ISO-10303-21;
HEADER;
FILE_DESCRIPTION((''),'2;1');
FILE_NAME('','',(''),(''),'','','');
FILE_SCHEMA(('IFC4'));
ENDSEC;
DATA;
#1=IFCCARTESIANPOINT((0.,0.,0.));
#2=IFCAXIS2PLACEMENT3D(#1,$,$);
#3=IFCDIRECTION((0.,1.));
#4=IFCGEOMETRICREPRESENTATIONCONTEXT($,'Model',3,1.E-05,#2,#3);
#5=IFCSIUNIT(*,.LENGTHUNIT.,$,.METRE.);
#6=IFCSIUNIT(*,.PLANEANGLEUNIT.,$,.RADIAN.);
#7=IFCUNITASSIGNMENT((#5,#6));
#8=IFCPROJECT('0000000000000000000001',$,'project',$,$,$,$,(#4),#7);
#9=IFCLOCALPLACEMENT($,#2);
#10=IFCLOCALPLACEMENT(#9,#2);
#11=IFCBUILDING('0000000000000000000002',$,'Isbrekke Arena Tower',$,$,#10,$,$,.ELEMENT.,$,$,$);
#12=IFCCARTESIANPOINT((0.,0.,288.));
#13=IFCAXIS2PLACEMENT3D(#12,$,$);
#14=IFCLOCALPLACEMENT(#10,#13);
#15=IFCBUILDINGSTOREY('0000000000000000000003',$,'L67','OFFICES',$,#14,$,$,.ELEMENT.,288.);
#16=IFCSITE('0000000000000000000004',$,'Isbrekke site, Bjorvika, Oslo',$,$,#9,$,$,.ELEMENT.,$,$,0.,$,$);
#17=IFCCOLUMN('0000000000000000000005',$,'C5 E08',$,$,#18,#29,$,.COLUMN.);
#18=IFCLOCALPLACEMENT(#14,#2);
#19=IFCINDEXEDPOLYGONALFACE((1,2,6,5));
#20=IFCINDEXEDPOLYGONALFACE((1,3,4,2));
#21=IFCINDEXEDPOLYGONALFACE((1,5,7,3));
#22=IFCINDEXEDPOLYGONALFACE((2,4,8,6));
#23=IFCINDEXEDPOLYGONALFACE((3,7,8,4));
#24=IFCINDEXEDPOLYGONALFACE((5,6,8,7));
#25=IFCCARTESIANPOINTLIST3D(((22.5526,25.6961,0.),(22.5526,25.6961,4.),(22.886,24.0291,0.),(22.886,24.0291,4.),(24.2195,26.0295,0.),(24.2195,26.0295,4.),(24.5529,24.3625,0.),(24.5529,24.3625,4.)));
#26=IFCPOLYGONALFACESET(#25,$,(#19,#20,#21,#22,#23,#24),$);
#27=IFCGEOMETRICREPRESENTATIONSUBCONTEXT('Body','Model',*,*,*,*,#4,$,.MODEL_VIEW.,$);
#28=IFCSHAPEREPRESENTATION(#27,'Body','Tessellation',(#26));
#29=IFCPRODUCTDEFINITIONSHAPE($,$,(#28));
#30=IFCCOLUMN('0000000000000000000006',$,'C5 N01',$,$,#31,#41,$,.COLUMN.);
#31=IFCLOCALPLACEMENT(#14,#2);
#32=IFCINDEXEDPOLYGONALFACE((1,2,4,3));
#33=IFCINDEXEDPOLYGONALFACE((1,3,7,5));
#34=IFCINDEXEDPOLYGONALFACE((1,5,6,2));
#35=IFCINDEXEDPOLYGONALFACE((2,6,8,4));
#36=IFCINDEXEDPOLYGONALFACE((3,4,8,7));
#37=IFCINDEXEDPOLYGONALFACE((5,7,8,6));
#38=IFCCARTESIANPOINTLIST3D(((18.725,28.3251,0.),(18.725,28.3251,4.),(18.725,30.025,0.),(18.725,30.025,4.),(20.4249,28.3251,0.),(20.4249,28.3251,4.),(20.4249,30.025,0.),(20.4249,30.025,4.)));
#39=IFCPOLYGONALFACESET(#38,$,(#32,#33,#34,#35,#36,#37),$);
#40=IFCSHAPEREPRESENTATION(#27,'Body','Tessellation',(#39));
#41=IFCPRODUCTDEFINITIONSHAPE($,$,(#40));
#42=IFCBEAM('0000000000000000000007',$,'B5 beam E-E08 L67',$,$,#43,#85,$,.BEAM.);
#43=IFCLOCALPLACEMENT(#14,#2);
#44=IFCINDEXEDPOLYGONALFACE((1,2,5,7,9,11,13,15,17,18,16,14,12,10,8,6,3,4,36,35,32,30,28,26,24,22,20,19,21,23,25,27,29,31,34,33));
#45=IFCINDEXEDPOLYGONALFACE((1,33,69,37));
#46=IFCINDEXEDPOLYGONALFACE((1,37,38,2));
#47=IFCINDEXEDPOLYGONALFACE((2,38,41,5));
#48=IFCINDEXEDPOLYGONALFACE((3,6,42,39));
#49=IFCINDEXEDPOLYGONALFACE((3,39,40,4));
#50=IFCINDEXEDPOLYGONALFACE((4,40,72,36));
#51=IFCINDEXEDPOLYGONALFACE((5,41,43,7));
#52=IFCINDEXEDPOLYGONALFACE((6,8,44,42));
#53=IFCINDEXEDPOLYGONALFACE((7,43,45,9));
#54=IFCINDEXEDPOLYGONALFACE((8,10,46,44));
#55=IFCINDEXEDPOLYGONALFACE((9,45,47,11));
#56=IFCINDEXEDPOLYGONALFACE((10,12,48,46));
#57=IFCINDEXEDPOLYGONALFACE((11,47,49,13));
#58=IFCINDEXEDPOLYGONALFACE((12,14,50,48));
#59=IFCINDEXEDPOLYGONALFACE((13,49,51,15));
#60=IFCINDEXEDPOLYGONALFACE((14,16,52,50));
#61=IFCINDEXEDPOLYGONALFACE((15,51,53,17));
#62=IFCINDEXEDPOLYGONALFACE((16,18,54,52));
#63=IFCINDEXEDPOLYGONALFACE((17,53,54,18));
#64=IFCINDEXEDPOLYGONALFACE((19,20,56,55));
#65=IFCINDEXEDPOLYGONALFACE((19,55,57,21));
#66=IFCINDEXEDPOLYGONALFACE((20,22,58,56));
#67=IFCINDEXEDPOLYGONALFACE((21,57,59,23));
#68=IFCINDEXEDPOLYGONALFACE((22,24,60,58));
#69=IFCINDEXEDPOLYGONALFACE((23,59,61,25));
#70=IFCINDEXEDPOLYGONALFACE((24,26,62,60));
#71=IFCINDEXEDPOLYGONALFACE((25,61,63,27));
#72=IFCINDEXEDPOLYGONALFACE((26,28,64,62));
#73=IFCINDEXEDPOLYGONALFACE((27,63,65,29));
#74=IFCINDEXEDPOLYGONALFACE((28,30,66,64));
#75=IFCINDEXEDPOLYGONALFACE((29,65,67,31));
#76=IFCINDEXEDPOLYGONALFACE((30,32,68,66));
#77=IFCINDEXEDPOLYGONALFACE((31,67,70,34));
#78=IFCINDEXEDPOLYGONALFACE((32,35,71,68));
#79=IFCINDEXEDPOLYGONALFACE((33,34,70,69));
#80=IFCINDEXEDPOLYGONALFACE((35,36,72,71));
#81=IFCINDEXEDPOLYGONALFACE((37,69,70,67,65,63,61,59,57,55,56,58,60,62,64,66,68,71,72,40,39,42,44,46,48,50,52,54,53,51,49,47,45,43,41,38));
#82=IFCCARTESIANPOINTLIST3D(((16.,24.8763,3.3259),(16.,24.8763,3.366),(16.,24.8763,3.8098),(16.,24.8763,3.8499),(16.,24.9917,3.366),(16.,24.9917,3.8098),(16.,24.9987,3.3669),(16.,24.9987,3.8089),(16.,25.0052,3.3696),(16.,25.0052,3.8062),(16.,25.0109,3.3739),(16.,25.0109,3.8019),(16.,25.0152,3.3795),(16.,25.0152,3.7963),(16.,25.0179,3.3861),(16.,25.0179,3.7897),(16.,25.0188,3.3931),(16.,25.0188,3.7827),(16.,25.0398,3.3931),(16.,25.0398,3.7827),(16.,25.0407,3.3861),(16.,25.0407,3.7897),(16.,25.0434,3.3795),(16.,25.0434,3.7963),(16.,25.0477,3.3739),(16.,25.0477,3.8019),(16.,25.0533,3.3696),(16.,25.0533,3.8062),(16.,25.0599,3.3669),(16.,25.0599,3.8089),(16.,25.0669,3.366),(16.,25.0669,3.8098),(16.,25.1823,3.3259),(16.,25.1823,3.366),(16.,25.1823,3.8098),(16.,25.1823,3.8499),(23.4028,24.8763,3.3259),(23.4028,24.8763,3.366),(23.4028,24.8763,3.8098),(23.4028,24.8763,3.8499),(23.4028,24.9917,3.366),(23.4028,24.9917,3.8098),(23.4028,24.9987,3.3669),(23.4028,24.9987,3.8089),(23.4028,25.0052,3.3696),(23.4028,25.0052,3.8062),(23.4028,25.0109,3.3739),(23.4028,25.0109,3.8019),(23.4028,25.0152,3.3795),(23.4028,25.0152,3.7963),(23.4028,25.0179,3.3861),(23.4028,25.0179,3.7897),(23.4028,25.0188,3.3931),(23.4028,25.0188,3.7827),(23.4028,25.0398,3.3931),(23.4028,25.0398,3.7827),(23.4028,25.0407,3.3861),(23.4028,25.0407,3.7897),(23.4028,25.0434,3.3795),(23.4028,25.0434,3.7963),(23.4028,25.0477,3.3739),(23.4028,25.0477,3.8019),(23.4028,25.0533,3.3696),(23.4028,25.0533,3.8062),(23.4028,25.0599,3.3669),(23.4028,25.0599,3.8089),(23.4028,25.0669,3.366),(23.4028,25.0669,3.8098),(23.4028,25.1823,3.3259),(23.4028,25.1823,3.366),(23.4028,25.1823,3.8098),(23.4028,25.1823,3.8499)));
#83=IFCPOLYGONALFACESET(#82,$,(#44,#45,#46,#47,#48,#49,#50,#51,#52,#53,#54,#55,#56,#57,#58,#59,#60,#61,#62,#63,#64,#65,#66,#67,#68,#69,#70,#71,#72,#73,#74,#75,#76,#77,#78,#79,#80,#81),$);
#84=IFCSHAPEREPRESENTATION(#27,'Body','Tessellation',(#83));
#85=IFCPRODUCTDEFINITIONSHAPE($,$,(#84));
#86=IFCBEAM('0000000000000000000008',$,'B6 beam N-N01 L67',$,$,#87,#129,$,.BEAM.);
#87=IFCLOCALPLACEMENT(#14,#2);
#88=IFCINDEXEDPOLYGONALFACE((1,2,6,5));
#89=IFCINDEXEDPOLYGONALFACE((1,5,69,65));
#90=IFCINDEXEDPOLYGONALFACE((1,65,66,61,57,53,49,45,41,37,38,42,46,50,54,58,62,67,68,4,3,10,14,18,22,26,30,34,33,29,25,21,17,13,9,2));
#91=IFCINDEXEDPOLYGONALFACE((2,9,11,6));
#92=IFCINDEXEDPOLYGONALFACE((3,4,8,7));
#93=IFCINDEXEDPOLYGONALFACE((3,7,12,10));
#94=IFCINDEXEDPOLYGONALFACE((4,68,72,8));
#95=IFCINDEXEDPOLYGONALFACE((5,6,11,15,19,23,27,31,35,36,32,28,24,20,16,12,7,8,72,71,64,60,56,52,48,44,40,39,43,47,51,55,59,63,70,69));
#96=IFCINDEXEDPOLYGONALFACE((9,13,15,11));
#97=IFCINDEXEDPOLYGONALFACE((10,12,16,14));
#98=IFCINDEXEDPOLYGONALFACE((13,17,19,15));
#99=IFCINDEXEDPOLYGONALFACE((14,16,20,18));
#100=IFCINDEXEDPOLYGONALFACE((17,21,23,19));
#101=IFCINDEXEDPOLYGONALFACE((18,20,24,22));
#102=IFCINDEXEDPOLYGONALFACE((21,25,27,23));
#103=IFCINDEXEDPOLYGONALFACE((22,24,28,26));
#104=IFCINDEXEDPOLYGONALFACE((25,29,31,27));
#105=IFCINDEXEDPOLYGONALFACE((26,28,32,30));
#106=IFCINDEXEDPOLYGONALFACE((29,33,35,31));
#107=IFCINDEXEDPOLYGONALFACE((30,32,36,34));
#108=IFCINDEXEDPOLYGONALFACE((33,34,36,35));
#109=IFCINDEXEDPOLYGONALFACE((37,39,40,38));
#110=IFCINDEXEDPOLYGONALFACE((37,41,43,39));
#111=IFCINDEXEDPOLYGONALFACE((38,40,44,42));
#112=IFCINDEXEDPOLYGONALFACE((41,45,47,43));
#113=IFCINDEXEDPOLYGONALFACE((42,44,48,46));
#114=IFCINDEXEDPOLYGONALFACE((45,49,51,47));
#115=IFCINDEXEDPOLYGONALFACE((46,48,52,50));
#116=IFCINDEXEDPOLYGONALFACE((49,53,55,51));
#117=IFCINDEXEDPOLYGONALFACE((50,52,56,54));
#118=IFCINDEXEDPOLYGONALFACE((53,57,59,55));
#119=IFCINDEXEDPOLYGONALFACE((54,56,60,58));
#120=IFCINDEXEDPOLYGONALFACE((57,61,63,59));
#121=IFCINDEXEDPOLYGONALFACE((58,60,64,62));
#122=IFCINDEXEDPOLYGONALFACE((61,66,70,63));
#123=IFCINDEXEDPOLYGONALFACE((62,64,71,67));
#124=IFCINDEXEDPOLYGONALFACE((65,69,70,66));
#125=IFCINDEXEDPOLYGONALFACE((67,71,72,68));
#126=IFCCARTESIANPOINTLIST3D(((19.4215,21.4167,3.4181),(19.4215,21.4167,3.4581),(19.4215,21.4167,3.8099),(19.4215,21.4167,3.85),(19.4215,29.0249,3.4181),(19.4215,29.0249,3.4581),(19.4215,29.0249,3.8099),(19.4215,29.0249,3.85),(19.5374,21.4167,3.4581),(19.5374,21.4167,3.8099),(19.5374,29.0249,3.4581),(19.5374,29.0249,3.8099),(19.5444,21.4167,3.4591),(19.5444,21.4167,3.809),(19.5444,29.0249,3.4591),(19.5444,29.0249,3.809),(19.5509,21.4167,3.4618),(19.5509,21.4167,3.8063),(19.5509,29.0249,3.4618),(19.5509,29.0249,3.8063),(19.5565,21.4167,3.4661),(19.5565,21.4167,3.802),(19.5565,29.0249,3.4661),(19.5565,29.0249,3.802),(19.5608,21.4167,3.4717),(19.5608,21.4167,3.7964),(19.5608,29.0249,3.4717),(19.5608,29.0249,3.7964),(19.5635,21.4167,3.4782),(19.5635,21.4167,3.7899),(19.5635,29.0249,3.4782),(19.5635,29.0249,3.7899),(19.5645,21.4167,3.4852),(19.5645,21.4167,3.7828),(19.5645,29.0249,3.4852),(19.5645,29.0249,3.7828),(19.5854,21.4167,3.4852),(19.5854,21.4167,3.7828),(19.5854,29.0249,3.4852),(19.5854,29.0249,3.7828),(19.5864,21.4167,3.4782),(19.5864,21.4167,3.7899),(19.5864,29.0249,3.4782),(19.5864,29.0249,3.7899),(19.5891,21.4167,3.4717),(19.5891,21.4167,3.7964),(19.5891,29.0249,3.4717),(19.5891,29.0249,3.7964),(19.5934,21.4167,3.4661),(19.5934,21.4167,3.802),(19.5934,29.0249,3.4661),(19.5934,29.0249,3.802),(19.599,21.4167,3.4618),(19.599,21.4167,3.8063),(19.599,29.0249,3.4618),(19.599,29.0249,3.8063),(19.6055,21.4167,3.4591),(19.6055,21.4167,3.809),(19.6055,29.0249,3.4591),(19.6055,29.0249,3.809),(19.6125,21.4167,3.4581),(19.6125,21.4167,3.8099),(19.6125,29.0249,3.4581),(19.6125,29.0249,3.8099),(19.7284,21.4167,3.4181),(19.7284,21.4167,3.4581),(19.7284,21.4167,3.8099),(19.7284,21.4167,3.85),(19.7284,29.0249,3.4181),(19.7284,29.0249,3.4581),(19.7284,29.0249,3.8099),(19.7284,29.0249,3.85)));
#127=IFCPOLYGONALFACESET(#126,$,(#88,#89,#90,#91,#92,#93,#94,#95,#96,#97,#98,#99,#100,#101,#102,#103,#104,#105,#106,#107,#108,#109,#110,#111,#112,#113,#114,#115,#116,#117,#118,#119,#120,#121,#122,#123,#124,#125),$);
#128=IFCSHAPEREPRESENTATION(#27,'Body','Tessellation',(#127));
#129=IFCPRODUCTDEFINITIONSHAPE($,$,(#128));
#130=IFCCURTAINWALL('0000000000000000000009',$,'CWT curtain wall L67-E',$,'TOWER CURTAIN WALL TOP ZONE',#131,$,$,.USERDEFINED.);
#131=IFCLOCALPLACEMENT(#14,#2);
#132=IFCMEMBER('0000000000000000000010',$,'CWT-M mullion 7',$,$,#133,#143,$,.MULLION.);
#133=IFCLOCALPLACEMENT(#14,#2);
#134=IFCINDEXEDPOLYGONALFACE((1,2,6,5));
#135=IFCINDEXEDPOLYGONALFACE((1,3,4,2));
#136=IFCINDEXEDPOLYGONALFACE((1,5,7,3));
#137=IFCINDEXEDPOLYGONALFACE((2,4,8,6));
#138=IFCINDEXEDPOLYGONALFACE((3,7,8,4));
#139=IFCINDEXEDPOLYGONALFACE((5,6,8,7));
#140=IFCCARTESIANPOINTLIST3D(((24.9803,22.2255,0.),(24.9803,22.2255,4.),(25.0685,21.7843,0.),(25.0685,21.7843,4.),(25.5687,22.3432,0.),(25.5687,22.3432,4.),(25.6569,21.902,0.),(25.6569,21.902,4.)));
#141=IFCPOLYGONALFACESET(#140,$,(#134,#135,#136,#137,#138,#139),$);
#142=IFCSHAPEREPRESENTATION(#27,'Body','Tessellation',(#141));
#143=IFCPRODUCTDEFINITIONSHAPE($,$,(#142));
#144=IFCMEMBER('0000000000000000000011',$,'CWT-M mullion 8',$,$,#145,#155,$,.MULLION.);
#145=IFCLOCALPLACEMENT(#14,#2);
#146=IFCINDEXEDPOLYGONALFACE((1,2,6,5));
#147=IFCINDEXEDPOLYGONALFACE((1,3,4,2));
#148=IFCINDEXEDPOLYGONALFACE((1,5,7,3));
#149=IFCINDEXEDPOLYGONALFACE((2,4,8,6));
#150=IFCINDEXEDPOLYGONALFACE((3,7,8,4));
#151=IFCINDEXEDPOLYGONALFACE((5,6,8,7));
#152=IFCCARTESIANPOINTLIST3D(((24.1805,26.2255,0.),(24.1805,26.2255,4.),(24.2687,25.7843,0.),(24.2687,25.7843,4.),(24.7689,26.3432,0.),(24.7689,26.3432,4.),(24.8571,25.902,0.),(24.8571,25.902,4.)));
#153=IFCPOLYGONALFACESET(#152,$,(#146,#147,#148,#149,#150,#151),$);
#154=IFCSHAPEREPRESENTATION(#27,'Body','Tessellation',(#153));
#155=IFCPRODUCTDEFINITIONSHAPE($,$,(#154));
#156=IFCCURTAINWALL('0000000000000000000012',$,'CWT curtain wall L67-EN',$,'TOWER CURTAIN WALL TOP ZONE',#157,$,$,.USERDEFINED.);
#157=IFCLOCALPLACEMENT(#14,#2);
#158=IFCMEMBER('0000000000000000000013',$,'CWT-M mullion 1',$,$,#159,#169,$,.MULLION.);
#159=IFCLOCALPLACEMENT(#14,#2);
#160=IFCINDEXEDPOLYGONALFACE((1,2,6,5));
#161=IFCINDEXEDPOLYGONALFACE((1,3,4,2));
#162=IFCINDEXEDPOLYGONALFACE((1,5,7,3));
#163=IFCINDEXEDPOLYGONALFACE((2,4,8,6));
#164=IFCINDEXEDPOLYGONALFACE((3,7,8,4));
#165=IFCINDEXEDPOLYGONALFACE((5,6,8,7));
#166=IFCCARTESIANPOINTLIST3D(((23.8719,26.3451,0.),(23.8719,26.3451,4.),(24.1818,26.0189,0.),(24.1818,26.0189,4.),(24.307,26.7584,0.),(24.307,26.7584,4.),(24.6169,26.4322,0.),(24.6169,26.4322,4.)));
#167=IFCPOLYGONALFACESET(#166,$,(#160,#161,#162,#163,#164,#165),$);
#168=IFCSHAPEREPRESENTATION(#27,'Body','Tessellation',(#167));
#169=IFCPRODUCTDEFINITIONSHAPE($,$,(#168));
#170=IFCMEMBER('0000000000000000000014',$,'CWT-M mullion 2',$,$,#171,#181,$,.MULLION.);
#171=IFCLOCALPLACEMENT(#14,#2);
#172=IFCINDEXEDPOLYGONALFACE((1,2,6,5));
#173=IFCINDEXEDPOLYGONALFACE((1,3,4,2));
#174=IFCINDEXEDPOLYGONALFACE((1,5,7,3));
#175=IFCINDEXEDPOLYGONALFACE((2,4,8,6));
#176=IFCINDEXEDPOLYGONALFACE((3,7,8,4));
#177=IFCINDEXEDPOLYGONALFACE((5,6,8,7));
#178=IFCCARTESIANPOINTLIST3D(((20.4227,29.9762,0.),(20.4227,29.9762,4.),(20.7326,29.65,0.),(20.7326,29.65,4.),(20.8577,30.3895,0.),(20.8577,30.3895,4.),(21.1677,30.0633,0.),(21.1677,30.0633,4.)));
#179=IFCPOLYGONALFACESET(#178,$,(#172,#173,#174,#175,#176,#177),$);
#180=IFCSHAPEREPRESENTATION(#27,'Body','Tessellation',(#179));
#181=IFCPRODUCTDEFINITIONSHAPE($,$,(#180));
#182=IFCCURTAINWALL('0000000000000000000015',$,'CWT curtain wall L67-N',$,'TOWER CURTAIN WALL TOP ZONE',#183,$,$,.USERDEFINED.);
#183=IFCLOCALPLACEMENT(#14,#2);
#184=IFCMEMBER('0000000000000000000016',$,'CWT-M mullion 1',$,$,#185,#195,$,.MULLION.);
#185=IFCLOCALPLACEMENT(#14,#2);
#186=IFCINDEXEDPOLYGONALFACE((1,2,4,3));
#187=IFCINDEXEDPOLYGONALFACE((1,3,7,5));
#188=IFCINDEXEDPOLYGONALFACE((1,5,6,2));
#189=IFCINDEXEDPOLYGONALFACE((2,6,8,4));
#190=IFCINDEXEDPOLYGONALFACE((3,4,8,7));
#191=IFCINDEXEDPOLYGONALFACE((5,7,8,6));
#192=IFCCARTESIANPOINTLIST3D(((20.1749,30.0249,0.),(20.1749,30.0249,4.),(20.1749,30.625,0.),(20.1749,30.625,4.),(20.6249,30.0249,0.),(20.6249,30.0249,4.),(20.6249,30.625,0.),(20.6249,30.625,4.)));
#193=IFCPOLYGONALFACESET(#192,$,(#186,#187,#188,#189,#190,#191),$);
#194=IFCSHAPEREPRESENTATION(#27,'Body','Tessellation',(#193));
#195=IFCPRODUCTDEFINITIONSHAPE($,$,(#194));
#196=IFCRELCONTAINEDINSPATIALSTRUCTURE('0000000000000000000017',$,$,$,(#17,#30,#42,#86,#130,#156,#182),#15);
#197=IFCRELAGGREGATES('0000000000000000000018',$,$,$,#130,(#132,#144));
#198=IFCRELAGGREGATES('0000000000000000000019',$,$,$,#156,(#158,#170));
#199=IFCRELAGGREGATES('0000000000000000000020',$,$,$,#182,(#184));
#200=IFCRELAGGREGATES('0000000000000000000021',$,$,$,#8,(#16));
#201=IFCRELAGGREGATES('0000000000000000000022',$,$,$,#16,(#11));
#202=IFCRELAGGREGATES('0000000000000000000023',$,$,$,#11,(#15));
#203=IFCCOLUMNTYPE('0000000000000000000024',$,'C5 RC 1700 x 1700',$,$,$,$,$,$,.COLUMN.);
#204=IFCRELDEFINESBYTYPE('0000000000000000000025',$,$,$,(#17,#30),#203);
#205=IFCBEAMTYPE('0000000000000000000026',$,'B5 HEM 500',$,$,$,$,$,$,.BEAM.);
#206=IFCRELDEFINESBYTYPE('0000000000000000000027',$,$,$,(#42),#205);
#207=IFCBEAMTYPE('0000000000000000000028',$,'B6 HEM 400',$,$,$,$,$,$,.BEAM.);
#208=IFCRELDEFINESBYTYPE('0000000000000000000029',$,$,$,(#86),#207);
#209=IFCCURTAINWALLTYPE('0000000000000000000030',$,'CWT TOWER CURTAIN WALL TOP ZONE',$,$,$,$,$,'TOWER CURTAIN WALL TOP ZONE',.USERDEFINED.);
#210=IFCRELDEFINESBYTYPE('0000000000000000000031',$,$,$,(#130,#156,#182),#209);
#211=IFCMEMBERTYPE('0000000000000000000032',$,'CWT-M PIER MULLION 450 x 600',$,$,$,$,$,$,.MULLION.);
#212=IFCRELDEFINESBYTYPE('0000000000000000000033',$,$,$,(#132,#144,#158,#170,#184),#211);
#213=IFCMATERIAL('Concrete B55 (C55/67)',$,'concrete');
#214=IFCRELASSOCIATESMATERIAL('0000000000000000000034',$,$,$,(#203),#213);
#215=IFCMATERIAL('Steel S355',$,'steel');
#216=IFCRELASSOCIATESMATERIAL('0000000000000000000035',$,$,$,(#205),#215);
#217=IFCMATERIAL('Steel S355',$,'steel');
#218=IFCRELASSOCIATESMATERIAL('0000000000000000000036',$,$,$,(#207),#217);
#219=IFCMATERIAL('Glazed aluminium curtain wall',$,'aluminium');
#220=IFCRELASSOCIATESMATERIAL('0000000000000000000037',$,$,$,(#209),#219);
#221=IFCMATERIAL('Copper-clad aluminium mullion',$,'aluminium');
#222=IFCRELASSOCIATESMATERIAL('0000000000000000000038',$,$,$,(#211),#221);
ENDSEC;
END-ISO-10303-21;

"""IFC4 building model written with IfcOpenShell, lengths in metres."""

from ifc_helpers import new_model, si_unit, direction, frame, origin, origin_2d, place, context, subcontext, project, spatial, rectangle, i_section, extrude, material, material_profile, profile_set, type_object, element, aggregate, save


model = new_model("IFC4")

# Units and contexts
model_context = context("Model", 3, precision=1e-05, world=origin(), true_north=direction((0.0, 1.0)))
body_context = subcontext(model_context, "Body", "Model", "MODEL_VIEW")
ifc_project = project(units=[si_unit("LENGTHUNIT", "METRE"), si_unit("PLANEANGLEUNIT", "RADIAN")], contexts=[model_context])

# Site, building, storey
site_placement = place(None, origin())
site = spatial("IfcSite", under=ifc_project, at=site_placement, Name="Isbrekke site, Bjorvika, Oslo", CompositionType="ELEMENT", RefElevation=0.0)
building_placement = place(site_placement, origin())
building = spatial("IfcBuilding", under=site, at=building_placement, Name="Isbrekke Arena Tower", CompositionType="ELEMENT")
storey_placement = place(building_placement, frame((0.0, 0.0, 288.0)))
storey = spatial("IfcBuildingStorey", under=building, at=storey_placement, Name="L67", Description="OFFICES", CompositionType="ELEMENT", Elevation=288.0)

# Columns
ifc_material_1 = material(Name="Concrete B55 (C55/67)", Category="concrete")
ifc_material_profile_1 = material_profile(ifc_material_1, rectangle(XDim=1.7, YDim=1.7, at=origin_2d()), Name="RC 1700x1700")
ifc_profile_set_1 = profile_set([ifc_material_profile_1], Name="Concrete B55 (C55/67)")
column_type = type_object("IfcColumnType", Name="C5 RC 1700 x 1700", PredefinedType="COLUMN", material=ifc_profile_set_1)
for number, where, z_axis, x_axis, name in (
    (1, (23.5527, 25.0293, 0.0), (0.0, 0.0, 1.0), (-0.196116, 0.980581, 0.0), "C5 E08"),
    (2, (19.575, 29.175, 0.0), (0.0, 0.0, 1.0), (-1.0, 0.0, 0.0), "C5 N01"),
):
    element("IfcColumn", number, at=place(storey_placement, frame(where, z_axis=z_axis, x_axis=x_axis)), inside=storey, type_object=column_type, Name=name, PredefinedType="COLUMN", context=body_context, shape_type="SweptSolid", body=[
        extrude(rectangle(XDim=1.7, YDim=1.7, at=origin_2d()), origin(), (0.0, 0.0, 1.0), 4.0),
    ])

# Beams
ifc_material_2 = material(Name="Steel S355", Category="steel")
ifc_material_profile_2 = material_profile(ifc_material_2, i_section(OverallWidth=0.3059, OverallDepth=0.5239, WebThickness=0.021, FlangeThickness=0.04, FilletRadius=0.0271, at=origin_2d()), Name="HEM 500")
ifc_profile_set_2 = profile_set([ifc_material_profile_2], Name="Steel S355")
beam_type_1 = type_object("IfcBeamType", Name="B5 HEM 500", PredefinedType="BEAM", material=ifc_profile_set_2)
beam_1_placement = place(storey_placement, frame((23.4028, 25.0293, 3.5879), z_axis=(-1.0, 0.0, 0.0), x_axis=(0.0, -1.0, 0.0)))
element("IfcBeam", 3, at=beam_1_placement, inside=storey, type_object=beam_type_1, Name="B5 beam E-E08 L67", PredefinedType="BEAM", context=body_context, shape_type="SweptSolid", body=[
    extrude(i_section(OverallWidth=0.3059, OverallDepth=0.5239, WebThickness=0.021, FlangeThickness=0.04, FilletRadius=0.0271, at=origin_2d()), origin(), (0.0, 0.0, 1.0), 7.4028),
])
ifc_material_3 = material(Name="Steel S355", Category="steel")
ifc_material_profile_3 = material_profile(ifc_material_3, i_section(OverallWidth=0.3069, OverallDepth=0.4319, WebThickness=0.021, FlangeThickness=0.04, FilletRadius=0.0271, at=origin_2d()), Name="HEM 400")
ifc_profile_set_3 = profile_set([ifc_material_profile_3], Name="Steel S355")
beam_type_2 = type_object("IfcBeamType", Name="B6 HEM 400", PredefinedType="BEAM", material=ifc_profile_set_3)
beam_2_placement = place(storey_placement, frame((19.575, 29.0249, 3.634), z_axis=(0.0, -1.0, 0.0), x_axis=(1.0, 0.0, 0.0)))
element("IfcBeam", 4, at=beam_2_placement, inside=storey, type_object=beam_type_2, Name="B6 beam N-N01 L67", PredefinedType="BEAM", context=body_context, shape_type="SweptSolid", body=[
    extrude(i_section(OverallWidth=0.3069, OverallDepth=0.4319, WebThickness=0.021, FlangeThickness=0.04, FilletRadius=0.0271, at=origin_2d()), origin(), (0.0, 0.0, 1.0), 7.6082),
])

# Curtain walls, members
ifc_material_4 = material(Name="Glazed aluminium curtain wall", Category="aluminium")
curtain_wall_type = type_object("IfcCurtainWallType", Name="CWT TOWER CURTAIN WALL TOP ZONE", ElementType="TOWER CURTAIN WALL TOP ZONE", PredefinedType="USERDEFINED", material=ifc_material_4)
curtain_wall_1_placement = place(storey_placement, origin())
curtain_wall_1 = element("IfcCurtainWall", 5, at=curtain_wall_1_placement, inside=storey, type_object=curtain_wall_type, Name="CWT curtain wall L67-E", ObjectType="TOWER CURTAIN WALL TOP ZONE", PredefinedType="USERDEFINED")
ifc_material_5 = material(Name="Copper-clad aluminium mullion", Category="aluminium")
ifc_material_profile_4 = material_profile(ifc_material_5, rectangle(XDim=0.45, YDim=0.6001, at=origin_2d()), Name="PIER 450X600")
ifc_profile_set_4 = profile_set([ifc_material_profile_4], Name="Copper-clad aluminium mullion")
member_type_1 = type_object("IfcMemberType", Name="CWT-M PIER MULLION 450 x 600", PredefinedType="MULLION", material=ifc_profile_set_4)
member_1_placement = place(storey_placement, frame((25.3186, 22.0637, 0.0), z_axis=(0.0, 0.0, 1.0), x_axis=(-0.196116, 0.980581, 0.0)))
member_1 = element("IfcMember", 6, at=member_1_placement, type_object=member_type_1, Name="CWT-M mullion 7", PredefinedType="MULLION", context=body_context, shape_type="SweptSolid", body=[
    extrude(rectangle(XDim=0.45, YDim=0.6001, at=origin_2d()), origin(), (0.0, 0.0, 1.0), 4.0),
])
member_2_placement = place(storey_placement, frame((24.5188, 26.0637, 0.0), z_axis=(0.0, 0.0, 1.0), x_axis=(-0.196116, 0.980581, 0.0)))
member_2 = element("IfcMember", 7, at=member_2_placement, type_object=member_type_1, Name="CWT-M mullion 8", PredefinedType="MULLION", context=body_context, shape_type="SweptSolid", body=[
    extrude(rectangle(XDim=0.45, YDim=0.6001, at=origin_2d()), origin(), (0.0, 0.0, 1.0), 4.0),
])
curtain_wall_2_placement = place(storey_placement, origin())
curtain_wall_2 = element("IfcCurtainWall", 8, at=curtain_wall_2_placement, inside=storey, type_object=curtain_wall_type, Name="CWT curtain wall L67-EN", ObjectType="TOWER CURTAIN WALL TOP ZONE", PredefinedType="USERDEFINED")
member_3_placement = place(storey_placement, frame((24.2444, 26.3887, 0.0), z_axis=(0.0, 0.0, 1.0), x_axis=(-0.688749, 0.724999, 0.0)))
member_3 = element("IfcMember", 9, at=member_3_placement, type_object=member_type_1, Name="CWT-M mullion 1", PredefinedType="MULLION", context=body_context, shape_type="SweptSolid", body=[
    extrude(rectangle(XDim=0.45, YDim=0.6001, at=origin_2d()), origin(), (0.0, 0.0, 1.0), 4.0),
])
member_4_placement = place(storey_placement, frame((20.7952, 30.0198, 0.0), z_axis=(0.0, 0.0, 1.0), x_axis=(-0.688749, 0.724999, 0.0)))
member_4 = element("IfcMember", 10, at=member_4_placement, type_object=member_type_1, Name="CWT-M mullion 2", PredefinedType="MULLION", context=body_context, shape_type="SweptSolid", body=[
    extrude(rectangle(XDim=0.45, YDim=0.6001, at=origin_2d()), origin(), (0.0, 0.0, 1.0), 4.0),
])

# Curtain wall, member
curtain_wall_3_placement = place(storey_placement, origin())
curtain_wall_3 = element("IfcCurtainWall", 11, at=curtain_wall_3_placement, inside=storey, type_object=curtain_wall_type, Name="CWT curtain wall L67-N", ObjectType="TOWER CURTAIN WALL TOP ZONE", PredefinedType="USERDEFINED")
member_5_placement = place(storey_placement, frame((20.3999, 30.325, 0.0), z_axis=(0.0, 0.0, 1.0), x_axis=(-1.0, 0.0, 0.0)))
member_5 = element("IfcMember", 12, at=member_5_placement, type_object=member_type_1, Name="CWT-M mullion 1", PredefinedType="MULLION", context=body_context, shape_type="SweptSolid", body=[
    extrude(rectangle(XDim=0.45, YDim=0.6001, at=origin_2d()), origin(), (0.0, 0.0, 1.0), 4.0),
])

aggregate(curtain_wall_1, [member_1, member_2])
aggregate(curtain_wall_2, [member_3, member_4])
aggregate(curtain_wall_3, [member_5])

save(model, "model.ifc")
